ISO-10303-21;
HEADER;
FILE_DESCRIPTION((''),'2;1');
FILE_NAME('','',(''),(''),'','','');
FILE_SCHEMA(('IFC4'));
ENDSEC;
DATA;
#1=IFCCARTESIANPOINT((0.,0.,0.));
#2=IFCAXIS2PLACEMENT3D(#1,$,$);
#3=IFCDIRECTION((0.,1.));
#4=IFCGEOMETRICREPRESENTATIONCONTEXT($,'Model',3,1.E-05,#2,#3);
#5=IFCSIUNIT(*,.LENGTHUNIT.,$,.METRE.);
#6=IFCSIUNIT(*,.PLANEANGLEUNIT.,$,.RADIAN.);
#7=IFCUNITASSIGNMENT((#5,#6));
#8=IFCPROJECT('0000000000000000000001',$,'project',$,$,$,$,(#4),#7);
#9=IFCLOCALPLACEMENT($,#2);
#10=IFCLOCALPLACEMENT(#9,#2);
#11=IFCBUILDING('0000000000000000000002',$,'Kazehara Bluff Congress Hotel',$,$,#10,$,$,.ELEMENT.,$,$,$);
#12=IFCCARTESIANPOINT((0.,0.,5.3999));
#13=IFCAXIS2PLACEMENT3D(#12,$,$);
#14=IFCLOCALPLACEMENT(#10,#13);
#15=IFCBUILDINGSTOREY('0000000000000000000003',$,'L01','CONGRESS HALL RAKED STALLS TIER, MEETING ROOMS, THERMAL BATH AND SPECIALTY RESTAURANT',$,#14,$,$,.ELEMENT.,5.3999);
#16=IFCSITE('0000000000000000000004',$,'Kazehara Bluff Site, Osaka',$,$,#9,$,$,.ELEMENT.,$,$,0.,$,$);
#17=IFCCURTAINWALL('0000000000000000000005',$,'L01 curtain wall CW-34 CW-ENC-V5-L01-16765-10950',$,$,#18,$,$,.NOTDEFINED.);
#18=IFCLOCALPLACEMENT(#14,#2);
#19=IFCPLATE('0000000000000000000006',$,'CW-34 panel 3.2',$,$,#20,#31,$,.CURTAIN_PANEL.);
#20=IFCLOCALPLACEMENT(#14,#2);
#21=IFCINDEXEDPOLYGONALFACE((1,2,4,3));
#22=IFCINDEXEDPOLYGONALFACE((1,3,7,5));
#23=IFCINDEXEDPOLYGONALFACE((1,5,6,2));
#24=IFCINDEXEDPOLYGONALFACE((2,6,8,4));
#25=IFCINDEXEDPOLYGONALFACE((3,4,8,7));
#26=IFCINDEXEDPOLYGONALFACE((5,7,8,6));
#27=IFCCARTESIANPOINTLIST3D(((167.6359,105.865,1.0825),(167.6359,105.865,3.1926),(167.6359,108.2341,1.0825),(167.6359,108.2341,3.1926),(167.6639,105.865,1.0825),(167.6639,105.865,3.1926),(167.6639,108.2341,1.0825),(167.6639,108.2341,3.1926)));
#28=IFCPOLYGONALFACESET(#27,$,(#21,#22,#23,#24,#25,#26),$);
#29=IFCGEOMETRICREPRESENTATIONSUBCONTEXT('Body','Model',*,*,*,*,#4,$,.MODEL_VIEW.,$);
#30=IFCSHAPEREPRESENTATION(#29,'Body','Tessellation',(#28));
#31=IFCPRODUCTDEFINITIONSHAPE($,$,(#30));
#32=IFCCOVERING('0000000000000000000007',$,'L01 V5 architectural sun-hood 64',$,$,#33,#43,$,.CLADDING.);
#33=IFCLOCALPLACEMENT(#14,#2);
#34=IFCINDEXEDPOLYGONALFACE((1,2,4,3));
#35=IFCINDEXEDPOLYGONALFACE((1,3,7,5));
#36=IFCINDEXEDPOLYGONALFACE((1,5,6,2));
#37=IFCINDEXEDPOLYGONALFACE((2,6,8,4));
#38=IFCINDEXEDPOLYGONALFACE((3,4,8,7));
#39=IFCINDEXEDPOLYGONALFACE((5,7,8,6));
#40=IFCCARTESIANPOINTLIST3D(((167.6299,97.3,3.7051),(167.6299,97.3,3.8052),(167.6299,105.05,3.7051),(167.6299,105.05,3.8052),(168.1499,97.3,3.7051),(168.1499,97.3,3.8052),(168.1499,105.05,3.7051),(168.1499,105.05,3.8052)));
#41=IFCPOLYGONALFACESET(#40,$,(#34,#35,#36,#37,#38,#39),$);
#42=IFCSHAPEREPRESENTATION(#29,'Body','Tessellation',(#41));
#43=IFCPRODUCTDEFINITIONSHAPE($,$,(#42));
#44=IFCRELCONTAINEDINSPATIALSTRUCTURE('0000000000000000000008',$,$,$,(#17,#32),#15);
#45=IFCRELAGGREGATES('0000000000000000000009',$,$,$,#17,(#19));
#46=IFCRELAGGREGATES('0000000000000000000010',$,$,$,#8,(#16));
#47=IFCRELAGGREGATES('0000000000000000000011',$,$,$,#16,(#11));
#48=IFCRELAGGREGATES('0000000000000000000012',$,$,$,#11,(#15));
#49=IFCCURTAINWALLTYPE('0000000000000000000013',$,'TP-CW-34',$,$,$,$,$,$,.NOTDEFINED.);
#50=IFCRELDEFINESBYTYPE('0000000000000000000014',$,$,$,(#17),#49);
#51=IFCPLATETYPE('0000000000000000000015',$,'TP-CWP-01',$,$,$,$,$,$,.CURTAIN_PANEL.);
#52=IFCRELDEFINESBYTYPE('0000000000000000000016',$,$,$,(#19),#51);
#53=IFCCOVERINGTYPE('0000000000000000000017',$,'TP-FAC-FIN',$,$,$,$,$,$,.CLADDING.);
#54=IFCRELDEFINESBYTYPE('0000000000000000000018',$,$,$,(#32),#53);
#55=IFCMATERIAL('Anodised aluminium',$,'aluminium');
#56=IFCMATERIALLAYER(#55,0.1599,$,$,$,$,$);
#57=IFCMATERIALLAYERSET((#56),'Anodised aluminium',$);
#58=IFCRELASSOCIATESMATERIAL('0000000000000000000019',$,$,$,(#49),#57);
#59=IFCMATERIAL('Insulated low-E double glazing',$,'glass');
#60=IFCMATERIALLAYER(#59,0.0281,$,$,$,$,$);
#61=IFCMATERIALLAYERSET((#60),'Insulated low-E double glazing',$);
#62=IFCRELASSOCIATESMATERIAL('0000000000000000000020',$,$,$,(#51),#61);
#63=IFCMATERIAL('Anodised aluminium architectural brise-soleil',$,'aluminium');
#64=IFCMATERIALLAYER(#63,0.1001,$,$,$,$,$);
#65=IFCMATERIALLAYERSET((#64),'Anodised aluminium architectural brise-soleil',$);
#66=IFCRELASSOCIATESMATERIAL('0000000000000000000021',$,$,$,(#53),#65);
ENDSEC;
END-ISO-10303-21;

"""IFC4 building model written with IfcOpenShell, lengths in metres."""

from ifc_helpers import new_model, si_unit, direction, frame, origin, origin_2d, place, context, subcontext, project, spatial, rectangle, extrude, material, layer, layer_set, type_object, element, aggregate, save


model = new_model("IFC4")

# Units and contexts
model_context = context("Model", 3, precision=1e-05, world=origin(), true_north=direction((0.0, 1.0)))
body_context = subcontext(model_context, "Body", "Model", "MODEL_VIEW")
ifc_project = project(units=[si_unit("LENGTHUNIT", "METRE"), si_unit("PLANEANGLEUNIT", "RADIAN")], contexts=[model_context])

# Site, building, storey
site_placement = place(None, origin())
site = spatial("IfcSite", under=ifc_project, at=site_placement, Name="Kazehara Bluff Site, Osaka", CompositionType="ELEMENT", RefElevation=0.0)
building_placement = place(site_placement, origin())
building = spatial("IfcBuilding", under=site, at=building_placement, Name="Kazehara Bluff Congress Hotel", CompositionType="ELEMENT")
storey_placement = place(building_placement, frame((0.0, 0.0, 5.3999)))
storey = spatial("IfcBuildingStorey", under=building, at=storey_placement, Name="L01", Description="CONGRESS HALL RAKED STALLS TIER, MEETING ROOMS, THERMAL BATH AND SPECIALTY RESTAURANT", CompositionType="ELEMENT", Elevation=5.3999)

# Curtain wall
ifc_material_1 = material(Name="Anodised aluminium", Category="aluminium")
ifc_layer_1 = layer(ifc_material_1, 0.1599)
ifc_layer_set_1 = layer_set([ifc_layer_1], Name="Anodised aluminium")
curtain_wall_type_1 = type_object("IfcCurtainWallType", Name="TP-CW-34", PredefinedType="NOTDEFINED", material=ifc_layer_set_1)
curtain_wall_1_placement = place(storey_placement, origin())
curtain_wall_1 = element("IfcCurtainWall", 1, at=curtain_wall_1_placement, inside=storey, type_object=curtain_wall_type_1, Name="L01 curtain wall CW-34 CW-ENC-V5-L01-16765-10950", PredefinedType="NOTDEFINED")

# Plate
ifc_material_2 = material(Name="Insulated low-E double glazing", Category="glass")
ifc_layer_2 = layer(ifc_material_2, 0.0281)
ifc_layer_set_2 = layer_set([ifc_layer_2], Name="Insulated low-E double glazing")
plate_type = type_object("IfcPlateType", Name="TP-CWP-01", PredefinedType="CURTAIN_PANEL", material=ifc_layer_set_2)
plate_1_placement = place(storey_placement, frame((167.6499, 107.0496, 1.0825), z_axis=(0.0, 0.0, 1.0), x_axis=(0.0, -1.0, 0.0)))
plate_1 = element("IfcPlate", 2, at=plate_1_placement, type_object=plate_type, Name="CW-34 panel 3.2", PredefinedType="CURTAIN_PANEL", context=body_context, shape_type="SweptSolid", body=[
    extrude(rectangle(XDim=2.3691, YDim=0.0281, at=origin_2d()), origin(), (0.0, 0.0, 1.0), 2.1101),
])
aggregate(curtain_wall_1, [plate_1])

# Covering
ifc_material_3 = material(Name="Anodised aluminium architectural brise-soleil", Category="aluminium")
ifc_layer_3 = layer(ifc_material_3, 0.1001)
ifc_layer_set_3 = layer_set([ifc_layer_3], Name="Anodised aluminium architectural brise-soleil")
covering_type = type_object("IfcCoveringType", Name="TP-FAC-FIN", PredefinedType="CLADDING", material=ifc_layer_set_3)
covering_placement = place(storey_placement, frame((167.8899, 101.175, 3.7051), z_axis=(0.0, 0.0, 1.0), x_axis=(1.0, 0.0, 0.0)))
element("IfcCovering", 3, at=covering_placement, inside=storey, type_object=covering_type, Name="L01 V5 architectural sun-hood 64", PredefinedType="CLADDING", context=body_context, shape_type="SweptSolid", body=[
    extrude(rectangle(XDim=0.52, YDim=7.75, at=origin_2d()), origin(), (0.0, 0.0, 1.0), 0.1001),
])

save(model, "model.ifc")
